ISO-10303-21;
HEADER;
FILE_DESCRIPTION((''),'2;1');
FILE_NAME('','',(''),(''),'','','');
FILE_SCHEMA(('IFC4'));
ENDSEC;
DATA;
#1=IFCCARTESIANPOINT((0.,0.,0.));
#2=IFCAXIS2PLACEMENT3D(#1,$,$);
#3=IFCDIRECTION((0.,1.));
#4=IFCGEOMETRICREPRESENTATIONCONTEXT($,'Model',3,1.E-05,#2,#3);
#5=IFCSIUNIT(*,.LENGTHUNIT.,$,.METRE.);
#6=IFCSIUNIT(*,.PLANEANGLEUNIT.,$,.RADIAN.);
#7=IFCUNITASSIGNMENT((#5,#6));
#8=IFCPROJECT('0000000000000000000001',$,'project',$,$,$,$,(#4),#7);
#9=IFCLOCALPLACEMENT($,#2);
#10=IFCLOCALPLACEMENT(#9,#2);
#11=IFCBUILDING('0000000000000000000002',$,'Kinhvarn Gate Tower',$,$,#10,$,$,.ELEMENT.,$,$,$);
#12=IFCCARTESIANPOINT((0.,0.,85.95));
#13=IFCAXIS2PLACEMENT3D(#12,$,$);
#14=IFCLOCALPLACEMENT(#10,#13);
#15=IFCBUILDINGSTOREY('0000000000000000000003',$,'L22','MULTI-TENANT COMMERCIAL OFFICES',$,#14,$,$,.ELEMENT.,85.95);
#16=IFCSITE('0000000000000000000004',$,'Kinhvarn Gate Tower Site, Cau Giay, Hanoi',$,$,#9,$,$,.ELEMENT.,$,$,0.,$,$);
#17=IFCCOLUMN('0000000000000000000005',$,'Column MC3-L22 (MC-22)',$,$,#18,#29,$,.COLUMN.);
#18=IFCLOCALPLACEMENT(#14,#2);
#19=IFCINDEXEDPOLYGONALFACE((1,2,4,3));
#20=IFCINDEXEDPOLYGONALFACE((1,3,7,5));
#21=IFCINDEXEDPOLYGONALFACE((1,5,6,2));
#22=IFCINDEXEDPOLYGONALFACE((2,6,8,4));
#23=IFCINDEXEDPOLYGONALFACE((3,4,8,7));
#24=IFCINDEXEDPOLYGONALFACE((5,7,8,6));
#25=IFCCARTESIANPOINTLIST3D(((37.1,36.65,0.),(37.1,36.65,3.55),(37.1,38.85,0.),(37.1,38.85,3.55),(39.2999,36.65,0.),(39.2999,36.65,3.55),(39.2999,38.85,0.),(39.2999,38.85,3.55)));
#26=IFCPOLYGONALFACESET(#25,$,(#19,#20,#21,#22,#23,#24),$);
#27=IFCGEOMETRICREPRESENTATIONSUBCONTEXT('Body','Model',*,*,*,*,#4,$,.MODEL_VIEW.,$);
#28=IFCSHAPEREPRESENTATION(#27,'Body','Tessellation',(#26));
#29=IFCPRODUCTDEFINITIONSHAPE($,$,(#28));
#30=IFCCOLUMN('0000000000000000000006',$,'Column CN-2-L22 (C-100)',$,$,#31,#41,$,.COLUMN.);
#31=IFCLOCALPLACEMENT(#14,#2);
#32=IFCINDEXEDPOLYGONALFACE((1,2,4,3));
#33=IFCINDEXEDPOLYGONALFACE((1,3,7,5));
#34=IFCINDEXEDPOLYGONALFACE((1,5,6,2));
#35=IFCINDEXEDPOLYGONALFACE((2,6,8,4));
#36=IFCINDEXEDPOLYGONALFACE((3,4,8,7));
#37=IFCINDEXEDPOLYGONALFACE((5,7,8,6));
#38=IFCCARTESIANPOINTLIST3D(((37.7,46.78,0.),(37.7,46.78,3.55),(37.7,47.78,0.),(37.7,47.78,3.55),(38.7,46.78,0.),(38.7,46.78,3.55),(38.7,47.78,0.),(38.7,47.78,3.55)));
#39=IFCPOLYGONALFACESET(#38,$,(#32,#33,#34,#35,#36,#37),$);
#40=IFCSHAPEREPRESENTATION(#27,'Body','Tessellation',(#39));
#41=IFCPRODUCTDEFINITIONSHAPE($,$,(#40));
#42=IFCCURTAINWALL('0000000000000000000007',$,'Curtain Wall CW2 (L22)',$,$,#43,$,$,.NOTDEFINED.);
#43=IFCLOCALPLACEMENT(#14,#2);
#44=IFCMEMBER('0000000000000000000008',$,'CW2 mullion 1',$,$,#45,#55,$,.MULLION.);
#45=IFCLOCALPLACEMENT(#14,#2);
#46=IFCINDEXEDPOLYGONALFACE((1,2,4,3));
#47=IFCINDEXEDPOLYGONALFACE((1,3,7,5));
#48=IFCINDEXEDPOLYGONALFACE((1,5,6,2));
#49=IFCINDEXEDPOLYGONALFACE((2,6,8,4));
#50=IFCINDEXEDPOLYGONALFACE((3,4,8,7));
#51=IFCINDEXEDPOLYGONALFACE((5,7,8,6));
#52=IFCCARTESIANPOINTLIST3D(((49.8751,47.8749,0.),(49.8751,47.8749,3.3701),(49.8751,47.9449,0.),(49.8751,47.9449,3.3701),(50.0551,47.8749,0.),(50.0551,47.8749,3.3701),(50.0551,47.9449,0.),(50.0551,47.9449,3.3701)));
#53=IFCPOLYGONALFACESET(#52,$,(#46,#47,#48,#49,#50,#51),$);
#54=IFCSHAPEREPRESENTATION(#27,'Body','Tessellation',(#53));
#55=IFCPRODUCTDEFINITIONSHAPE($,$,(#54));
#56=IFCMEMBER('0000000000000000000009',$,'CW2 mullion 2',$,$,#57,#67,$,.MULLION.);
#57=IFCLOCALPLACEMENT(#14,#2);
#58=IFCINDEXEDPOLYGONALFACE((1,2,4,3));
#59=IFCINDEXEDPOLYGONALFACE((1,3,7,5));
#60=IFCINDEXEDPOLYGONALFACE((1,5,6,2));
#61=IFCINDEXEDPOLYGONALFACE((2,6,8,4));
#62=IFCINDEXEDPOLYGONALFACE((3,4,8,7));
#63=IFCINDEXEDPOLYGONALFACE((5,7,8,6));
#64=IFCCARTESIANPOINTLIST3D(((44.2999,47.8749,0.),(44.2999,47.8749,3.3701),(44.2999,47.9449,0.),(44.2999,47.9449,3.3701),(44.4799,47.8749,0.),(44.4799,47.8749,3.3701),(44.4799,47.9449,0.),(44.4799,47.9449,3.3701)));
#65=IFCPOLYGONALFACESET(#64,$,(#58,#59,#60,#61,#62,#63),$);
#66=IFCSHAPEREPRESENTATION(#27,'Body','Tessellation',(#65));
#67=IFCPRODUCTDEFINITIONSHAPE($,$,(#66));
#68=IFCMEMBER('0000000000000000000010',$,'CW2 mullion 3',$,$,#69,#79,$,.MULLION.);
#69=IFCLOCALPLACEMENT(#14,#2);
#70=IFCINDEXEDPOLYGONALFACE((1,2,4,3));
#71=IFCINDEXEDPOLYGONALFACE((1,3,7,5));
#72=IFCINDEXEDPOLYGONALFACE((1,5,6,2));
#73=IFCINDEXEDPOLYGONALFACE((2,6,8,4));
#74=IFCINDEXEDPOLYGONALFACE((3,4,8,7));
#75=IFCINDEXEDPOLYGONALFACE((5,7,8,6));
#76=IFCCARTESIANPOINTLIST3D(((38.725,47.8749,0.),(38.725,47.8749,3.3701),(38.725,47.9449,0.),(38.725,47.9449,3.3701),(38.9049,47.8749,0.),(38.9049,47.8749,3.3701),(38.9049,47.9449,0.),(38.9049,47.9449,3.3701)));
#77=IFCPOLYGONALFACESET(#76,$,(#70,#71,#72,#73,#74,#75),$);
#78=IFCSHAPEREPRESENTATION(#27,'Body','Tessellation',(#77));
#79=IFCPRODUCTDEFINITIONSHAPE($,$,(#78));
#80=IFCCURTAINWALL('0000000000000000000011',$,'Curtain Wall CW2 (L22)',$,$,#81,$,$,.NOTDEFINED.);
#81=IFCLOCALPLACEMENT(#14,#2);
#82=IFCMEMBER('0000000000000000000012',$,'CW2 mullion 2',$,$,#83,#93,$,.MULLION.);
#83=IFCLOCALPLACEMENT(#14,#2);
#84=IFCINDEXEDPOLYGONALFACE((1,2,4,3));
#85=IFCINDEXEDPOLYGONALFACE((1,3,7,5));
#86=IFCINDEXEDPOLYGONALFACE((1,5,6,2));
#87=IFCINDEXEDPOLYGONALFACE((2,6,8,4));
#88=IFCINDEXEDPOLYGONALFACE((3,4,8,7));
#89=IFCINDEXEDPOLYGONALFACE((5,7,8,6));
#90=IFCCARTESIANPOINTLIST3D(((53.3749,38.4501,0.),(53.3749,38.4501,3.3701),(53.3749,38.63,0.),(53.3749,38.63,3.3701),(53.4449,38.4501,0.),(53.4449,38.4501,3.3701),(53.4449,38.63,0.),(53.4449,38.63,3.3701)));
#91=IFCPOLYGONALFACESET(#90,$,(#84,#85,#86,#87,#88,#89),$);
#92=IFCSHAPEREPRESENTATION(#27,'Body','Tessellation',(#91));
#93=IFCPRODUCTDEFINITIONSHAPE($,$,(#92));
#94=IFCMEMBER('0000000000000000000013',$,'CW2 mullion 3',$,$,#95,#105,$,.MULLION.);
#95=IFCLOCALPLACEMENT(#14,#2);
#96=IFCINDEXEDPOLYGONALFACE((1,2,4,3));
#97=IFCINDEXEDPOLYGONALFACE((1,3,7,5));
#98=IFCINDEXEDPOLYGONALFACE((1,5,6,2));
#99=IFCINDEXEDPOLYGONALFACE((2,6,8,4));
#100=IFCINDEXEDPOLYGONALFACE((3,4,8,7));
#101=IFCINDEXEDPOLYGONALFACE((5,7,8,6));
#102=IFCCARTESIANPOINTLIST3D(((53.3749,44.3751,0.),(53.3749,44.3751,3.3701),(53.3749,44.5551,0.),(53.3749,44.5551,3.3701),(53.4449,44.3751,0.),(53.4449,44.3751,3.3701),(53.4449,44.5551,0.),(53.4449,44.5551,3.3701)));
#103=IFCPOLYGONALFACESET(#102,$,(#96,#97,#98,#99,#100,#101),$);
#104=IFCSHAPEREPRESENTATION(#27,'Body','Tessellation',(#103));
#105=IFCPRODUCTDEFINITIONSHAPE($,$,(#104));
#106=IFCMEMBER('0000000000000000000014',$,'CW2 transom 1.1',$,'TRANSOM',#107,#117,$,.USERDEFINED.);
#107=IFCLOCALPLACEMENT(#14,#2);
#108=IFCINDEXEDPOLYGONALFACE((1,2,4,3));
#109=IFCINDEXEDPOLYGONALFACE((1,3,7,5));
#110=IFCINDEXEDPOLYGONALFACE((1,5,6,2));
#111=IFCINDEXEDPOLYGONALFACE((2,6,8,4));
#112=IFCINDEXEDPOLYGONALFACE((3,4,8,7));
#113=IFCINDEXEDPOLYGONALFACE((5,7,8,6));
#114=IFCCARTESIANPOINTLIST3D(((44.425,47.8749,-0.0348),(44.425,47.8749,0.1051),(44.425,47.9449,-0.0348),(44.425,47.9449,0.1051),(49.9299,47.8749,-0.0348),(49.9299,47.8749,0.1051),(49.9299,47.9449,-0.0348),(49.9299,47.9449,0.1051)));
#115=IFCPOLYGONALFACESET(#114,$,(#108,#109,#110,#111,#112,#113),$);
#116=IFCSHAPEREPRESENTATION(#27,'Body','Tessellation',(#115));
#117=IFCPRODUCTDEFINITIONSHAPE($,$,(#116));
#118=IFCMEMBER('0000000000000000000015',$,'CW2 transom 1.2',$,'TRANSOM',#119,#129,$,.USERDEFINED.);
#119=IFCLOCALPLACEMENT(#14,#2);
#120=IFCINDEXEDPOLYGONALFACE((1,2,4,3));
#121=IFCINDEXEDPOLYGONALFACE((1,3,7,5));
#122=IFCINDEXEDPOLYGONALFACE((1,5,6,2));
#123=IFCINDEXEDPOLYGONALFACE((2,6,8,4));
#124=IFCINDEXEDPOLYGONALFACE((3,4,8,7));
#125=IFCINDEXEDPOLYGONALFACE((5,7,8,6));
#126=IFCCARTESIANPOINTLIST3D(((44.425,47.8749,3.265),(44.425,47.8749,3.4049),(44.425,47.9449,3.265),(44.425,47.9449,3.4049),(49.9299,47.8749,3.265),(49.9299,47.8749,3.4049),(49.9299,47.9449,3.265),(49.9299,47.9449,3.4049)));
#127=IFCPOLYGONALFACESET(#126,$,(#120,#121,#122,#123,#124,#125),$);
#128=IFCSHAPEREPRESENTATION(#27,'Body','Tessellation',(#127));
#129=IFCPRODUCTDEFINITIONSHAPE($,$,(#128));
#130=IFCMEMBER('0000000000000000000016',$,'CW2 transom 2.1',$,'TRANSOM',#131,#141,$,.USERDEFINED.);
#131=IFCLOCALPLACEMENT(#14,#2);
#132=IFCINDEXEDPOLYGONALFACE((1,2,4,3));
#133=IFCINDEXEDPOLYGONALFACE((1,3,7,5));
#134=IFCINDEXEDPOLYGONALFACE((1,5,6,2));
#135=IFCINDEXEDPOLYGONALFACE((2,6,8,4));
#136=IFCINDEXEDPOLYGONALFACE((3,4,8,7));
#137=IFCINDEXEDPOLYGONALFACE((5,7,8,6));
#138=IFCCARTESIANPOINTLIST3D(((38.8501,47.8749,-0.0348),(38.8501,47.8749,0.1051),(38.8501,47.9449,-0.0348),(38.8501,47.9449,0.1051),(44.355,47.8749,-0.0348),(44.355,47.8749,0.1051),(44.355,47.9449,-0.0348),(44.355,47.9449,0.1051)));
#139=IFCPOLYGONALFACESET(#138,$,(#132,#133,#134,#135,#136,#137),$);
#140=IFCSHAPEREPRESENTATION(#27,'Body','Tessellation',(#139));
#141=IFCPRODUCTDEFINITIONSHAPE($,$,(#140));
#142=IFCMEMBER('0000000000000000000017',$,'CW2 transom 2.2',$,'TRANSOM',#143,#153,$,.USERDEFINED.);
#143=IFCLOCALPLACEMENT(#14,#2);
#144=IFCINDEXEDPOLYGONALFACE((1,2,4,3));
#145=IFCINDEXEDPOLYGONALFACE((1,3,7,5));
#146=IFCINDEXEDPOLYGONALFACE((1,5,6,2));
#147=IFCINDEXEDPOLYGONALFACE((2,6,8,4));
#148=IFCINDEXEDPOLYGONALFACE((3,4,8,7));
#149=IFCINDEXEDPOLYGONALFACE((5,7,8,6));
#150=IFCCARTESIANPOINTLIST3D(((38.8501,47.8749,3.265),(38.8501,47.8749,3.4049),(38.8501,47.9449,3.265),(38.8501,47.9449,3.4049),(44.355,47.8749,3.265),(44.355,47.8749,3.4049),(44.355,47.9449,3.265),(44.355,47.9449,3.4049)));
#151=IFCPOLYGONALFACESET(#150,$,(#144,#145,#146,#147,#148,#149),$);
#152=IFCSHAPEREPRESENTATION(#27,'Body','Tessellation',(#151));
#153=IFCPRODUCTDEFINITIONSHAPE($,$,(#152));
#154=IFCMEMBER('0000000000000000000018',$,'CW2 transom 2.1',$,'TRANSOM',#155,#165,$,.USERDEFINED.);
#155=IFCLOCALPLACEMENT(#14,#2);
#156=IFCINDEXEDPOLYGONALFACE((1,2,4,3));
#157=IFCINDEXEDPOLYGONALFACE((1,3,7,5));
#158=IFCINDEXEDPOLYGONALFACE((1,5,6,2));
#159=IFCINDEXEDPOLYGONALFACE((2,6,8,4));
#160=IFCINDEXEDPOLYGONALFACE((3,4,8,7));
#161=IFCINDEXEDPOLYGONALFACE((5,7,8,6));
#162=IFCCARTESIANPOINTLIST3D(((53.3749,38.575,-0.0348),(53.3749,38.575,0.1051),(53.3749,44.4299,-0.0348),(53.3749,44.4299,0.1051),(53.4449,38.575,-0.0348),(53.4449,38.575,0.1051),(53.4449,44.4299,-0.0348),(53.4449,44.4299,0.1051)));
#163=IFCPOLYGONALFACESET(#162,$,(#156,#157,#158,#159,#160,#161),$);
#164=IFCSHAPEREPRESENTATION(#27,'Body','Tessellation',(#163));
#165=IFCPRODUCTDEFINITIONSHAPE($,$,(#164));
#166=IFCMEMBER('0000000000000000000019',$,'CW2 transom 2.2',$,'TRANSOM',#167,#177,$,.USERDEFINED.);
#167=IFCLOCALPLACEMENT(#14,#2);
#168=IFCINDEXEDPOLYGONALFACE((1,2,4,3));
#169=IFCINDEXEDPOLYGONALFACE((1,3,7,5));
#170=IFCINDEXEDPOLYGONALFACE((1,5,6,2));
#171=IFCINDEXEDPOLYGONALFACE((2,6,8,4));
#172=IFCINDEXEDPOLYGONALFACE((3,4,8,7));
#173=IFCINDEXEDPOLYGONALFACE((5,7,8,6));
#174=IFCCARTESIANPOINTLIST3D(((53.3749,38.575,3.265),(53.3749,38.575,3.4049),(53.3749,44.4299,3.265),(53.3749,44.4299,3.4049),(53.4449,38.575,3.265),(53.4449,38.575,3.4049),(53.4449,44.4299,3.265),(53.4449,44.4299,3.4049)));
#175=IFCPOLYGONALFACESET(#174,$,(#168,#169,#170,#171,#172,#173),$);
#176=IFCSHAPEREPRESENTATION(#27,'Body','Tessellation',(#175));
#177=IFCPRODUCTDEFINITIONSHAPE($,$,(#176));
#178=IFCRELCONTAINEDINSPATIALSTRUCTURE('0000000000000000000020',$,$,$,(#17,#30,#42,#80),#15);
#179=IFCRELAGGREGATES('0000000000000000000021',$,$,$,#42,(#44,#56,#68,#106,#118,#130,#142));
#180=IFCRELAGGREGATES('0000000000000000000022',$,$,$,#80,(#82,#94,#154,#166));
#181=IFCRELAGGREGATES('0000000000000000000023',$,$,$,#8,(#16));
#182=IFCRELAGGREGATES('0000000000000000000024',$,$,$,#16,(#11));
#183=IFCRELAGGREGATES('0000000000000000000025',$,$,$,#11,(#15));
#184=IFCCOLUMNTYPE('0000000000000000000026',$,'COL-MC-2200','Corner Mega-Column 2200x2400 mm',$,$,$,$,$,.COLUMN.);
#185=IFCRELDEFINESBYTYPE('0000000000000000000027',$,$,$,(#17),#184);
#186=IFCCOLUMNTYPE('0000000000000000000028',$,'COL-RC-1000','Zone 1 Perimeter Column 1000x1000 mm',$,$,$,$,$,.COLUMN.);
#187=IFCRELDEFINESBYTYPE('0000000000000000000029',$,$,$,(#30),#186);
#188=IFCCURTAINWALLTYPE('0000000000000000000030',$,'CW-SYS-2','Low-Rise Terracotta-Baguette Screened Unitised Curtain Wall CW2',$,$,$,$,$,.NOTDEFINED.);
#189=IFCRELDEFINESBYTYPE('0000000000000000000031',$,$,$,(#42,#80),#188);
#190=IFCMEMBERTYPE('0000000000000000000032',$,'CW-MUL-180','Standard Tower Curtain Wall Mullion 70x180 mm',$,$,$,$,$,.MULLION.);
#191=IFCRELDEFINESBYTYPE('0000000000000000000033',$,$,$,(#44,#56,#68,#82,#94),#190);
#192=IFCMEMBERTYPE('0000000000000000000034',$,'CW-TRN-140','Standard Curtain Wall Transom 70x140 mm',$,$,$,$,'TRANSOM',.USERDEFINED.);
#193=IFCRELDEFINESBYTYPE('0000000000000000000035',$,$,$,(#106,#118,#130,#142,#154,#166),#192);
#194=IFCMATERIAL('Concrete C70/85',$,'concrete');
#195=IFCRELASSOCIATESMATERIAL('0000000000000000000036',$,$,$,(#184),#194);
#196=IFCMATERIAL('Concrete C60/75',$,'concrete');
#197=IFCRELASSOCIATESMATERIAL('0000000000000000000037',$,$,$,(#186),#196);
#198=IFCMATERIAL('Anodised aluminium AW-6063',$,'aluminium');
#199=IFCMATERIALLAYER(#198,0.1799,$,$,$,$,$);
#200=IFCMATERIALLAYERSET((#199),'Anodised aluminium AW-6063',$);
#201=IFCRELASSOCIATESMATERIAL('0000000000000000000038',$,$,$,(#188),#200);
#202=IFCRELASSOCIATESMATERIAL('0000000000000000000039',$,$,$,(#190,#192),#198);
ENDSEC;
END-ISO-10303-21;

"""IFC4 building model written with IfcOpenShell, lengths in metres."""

from ifc_helpers import new_model, si_unit, direction, frame, origin, origin_2d, place, context, subcontext, project, spatial, rectangle, extrude, material, layer, layer_set, material_profile, profile_set, type_object, element, aggregate, save


model = new_model("IFC4")

# Units and contexts
model_context = context("Model", 3, precision=1e-05, world=origin(), true_north=direction((0.0, 1.0)))
body_context = subcontext(model_context, "Body", "Model", "MODEL_VIEW")
ifc_project = project(units=[si_unit("LENGTHUNIT", "METRE"), si_unit("PLANEANGLEUNIT", "RADIAN")], contexts=[model_context])

# Site, building, storey
site_placement = place(None, origin())
site = spatial("IfcSite", under=ifc_project, at=site_placement, Name="Kinhvarn Gate Tower Site, Cau Giay, Hanoi", CompositionType="ELEMENT", RefElevation=0.0)
building_placement = place(site_placement, origin())
building = spatial("IfcBuilding", under=site, at=building_placement, Name="Kinhvarn Gate Tower", CompositionType="ELEMENT")
storey_placement = place(building_placement, frame((0.0, 0.0, 85.95)))
storey = spatial("IfcBuildingStorey", under=building, at=storey_placement, Name="L22", Description="MULTI-TENANT COMMERCIAL OFFICES", CompositionType="ELEMENT", Elevation=85.95)

# Columns
ifc_material_1 = material(Name="Concrete C70/85", Category="concrete")
ifc_material_profile_1 = material_profile(ifc_material_1, rectangle(XDim=2.2, YDim=2.2, at=origin_2d()), Name="RC 2200x2200")
ifc_profile_set_1 = profile_set([ifc_material_profile_1], Name="Concrete C70/85")
column_type_1 = type_object("IfcColumnType", Name="COL-MC-2200", Description="Corner Mega-Column 2200x2400 mm", PredefinedType="COLUMN", material=ifc_profile_set_1)
column_1_placement = place(storey_placement, frame((38.2, 37.75, 0.0), z_axis=(0.0, 0.0, 1.0), x_axis=(1.0, 0.0, 0.0)))
element("IfcColumn", 1, at=column_1_placement, inside=storey, type_object=column_type_1, Name="Column MC3-L22 (MC-22)", PredefinedType="COLUMN", context=body_context, shape_type="SweptSolid", body=[
    extrude(rectangle(XDim=2.2, YDim=2.2, at=origin_2d()), origin(), (0.0, 0.0, 1.0), 3.55),
])
ifc_material_2 = material(Name="Concrete C60/75", Category="concrete")
ifc_material_profile_2 = material_profile(ifc_material_2, rectangle(XDim=1.0, YDim=1.0, at=origin_2d()), Name="RC 1000x1000")
ifc_profile_set_2 = profile_set([ifc_material_profile_2], Name="Concrete C60/75")
column_type_2 = type_object("IfcColumnType", Name="COL-RC-1000", Description="Zone 1 Perimeter Column 1000x1000 mm", PredefinedType="COLUMN", material=ifc_profile_set_2)
column_2_placement = place(storey_placement, frame((38.2, 47.28, 0.0), z_axis=(0.0, 0.0, 1.0), x_axis=(1.0, 0.0, 0.0)))
element("IfcColumn", 2, at=column_2_placement, inside=storey, type_object=column_type_2, Name="Column CN-2-L22 (C-100)", PredefinedType="COLUMN", context=body_context, shape_type="SweptSolid", body=[
    extrude(rectangle(XDim=1.0, YDim=1.0, at=origin_2d()), origin(), (0.0, 0.0, 1.0), 3.55),
])

# Curtain walls, members
ifc_material_3 = material(Name="Anodised aluminium AW-6063", Category="aluminium")
ifc_layer_1 = layer(ifc_material_3, 0.1799)
ifc_layer_set_1 = layer_set([ifc_layer_1], Name="Anodised aluminium AW-6063")
curtain_wall_type = type_object("IfcCurtainWallType", Name="CW-SYS-2", Description="Low-Rise Terracotta-Baguette Screened Unitised Curtain Wall CW2", PredefinedType="NOTDEFINED", material=ifc_layer_set_1)
curtain_wall_1_placement = place(storey_placement, origin())
curtain_wall_1 = element("IfcCurtainWall", 3, at=curtain_wall_1_placement, inside=storey, type_object=curtain_wall_type, Name="Curtain Wall CW2 (L22)", PredefinedType="NOTDEFINED")
ifc_material_profile_3 = material_profile(ifc_material_3, rectangle(XDim=0.0701, YDim=0.1799, at=origin_2d()), Name="ALU 70x180")
ifc_profile_set_3 = profile_set([ifc_material_profile_3], Name="Anodised aluminium AW-6063")
member_type_1 = type_object("IfcMemberType", Name="CW-MUL-180", Description="Standard Tower Curtain Wall Mullion 70x180 mm", PredefinedType="MULLION", material=ifc_profile_set_3)
member_1_placement = place(storey_placement, frame((49.9651, 47.9099, 0.0), z_axis=(0.0, 0.0, 1.0), x_axis=(0.0, -1.0, 0.0)))
member_1 = element("IfcMember", 4, at=member_1_placement, type_object=member_type_1, Name="CW2 mullion 1", PredefinedType="MULLION", context=body_context, shape_type="SweptSolid", body=[
    extrude(rectangle(XDim=0.0701, YDim=0.1799, at=origin_2d()), origin(), (0.0, 0.0, 1.0), 3.3701),
])
member_2_placement = place(storey_placement, frame((44.3899, 47.9099, 0.0), z_axis=(0.0, 0.0, 1.0), x_axis=(0.0, -1.0, 0.0)))
member_2 = element("IfcMember", 5, at=member_2_placement, type_object=member_type_1, Name="CW2 mullion 2", PredefinedType="MULLION", context=body_context, shape_type="SweptSolid", body=[
    extrude(rectangle(XDim=0.0701, YDim=0.1799, at=origin_2d()), origin(), (0.0, 0.0, 1.0), 3.3701),
])
member_3_placement = place(storey_placement, frame((38.8149, 47.9099, 0.0), z_axis=(0.0, 0.0, 1.0), x_axis=(0.0, -1.0, 0.0)))
member_3 = element("IfcMember", 6, at=member_3_placement, type_object=member_type_1, Name="CW2 mullion 3", PredefinedType="MULLION", context=body_context, shape_type="SweptSolid", body=[
    extrude(rectangle(XDim=0.0701, YDim=0.1799, at=origin_2d()), origin(), (0.0, 0.0, 1.0), 3.3701),
])
curtain_wall_2_placement = place(storey_placement, origin())
curtain_wall_2 = element("IfcCurtainWall", 7, at=curtain_wall_2_placement, inside=storey, type_object=curtain_wall_type, Name="Curtain Wall CW2 (L22)", PredefinedType="NOTDEFINED")
member_4_placement = place(storey_placement, frame((53.4099, 38.54, 0.0), z_axis=(0.0, 0.0, 1.0), x_axis=(-1.0, 0.0, 0.0)))
member_4 = element("IfcMember", 8, at=member_4_placement, type_object=member_type_1, Name="CW2 mullion 2", PredefinedType="MULLION", context=body_context, shape_type="SweptSolid", body=[
    extrude(rectangle(XDim=0.0701, YDim=0.1799, at=origin_2d()), origin(), (0.0, 0.0, 1.0), 3.3701),
])
member_5_placement = place(storey_placement, frame((53.4099, 44.4651, 0.0), z_axis=(0.0, 0.0, 1.0), x_axis=(-1.0, 0.0, 0.0)))
member_5 = element("IfcMember", 9, at=member_5_placement, type_object=member_type_1, Name="CW2 mullion 3", PredefinedType="MULLION", context=body_context, shape_type="SweptSolid", body=[
    extrude(rectangle(XDim=0.0701, YDim=0.1799, at=origin_2d()), origin(), (0.0, 0.0, 1.0), 3.3701),
])

# Members
ifc_material_profile_4 = material_profile(ifc_material_3, rectangle(XDim=0.0701, YDim=0.1399, at=origin_2d()), Name="ALU 70x140")
ifc_profile_set_4 = profile_set([ifc_material_profile_4], Name="Anodised aluminium AW-6063")
member_type_2 = type_object("IfcMemberType", Name="CW-TRN-140", Description="Standard Curtain Wall Transom 70x140 mm", ElementType="TRANSOM", PredefinedType="USERDEFINED", material=ifc_profile_set_4)
member_6_placement = place(storey_placement, frame((49.9299, 47.9099, 0.0352), z_axis=(-1.0, 0.0, 0.0), x_axis=(0.0, -1.0, 0.0)))
member_6 = element("IfcMember", 10, at=member_6_placement, type_object=member_type_2, Name="CW2 transom 1.1", ObjectType="TRANSOM", PredefinedType="USERDEFINED", context=body_context, shape_type="SweptSolid", body=[
    extrude(rectangle(XDim=0.0701, YDim=0.1399, at=origin_2d()), origin(), (0.0, 0.0, 1.0), 5.5049),
])
member_7_placement = place(storey_placement, frame((49.9299, 47.9099, 3.335), z_axis=(-1.0, 0.0, 0.0), x_axis=(0.0, -1.0, 0.0)))
member_7 = element("IfcMember", 11, at=member_7_placement, type_object=member_type_2, Name="CW2 transom 1.2", ObjectType="TRANSOM", PredefinedType="USERDEFINED", context=body_context, shape_type="SweptSolid", body=[
    extrude(rectangle(XDim=0.0701, YDim=0.1399, at=origin_2d()), origin(), (0.0, 0.0, 1.0), 5.5049),
])
member_8_placement = place(storey_placement, frame((44.355, 47.9099, 0.0352), z_axis=(-1.0, 0.0, 0.0), x_axis=(0.0, -1.0, 0.0)))
member_8 = element("IfcMember", 12, at=member_8_placement, type_object=member_type_2, Name="CW2 transom 2.1", ObjectType="TRANSOM", PredefinedType="USERDEFINED", context=body_context, shape_type="SweptSolid", body=[
    extrude(rectangle(XDim=0.0701, YDim=0.1399, at=origin_2d()), origin(), (0.0, 0.0, 1.0), 5.5049),
])
member_9_placement = place(storey_placement, frame((44.355, 47.9099, 3.335), z_axis=(-1.0, 0.0, 0.0), x_axis=(0.0, -1.0, 0.0)))
member_9 = element("IfcMember", 13, at=member_9_placement, type_object=member_type_2, Name="CW2 transom 2.2", ObjectType="TRANSOM", PredefinedType="USERDEFINED", context=body_context, shape_type="SweptSolid", body=[
    extrude(rectangle(XDim=0.0701, YDim=0.1399, at=origin_2d()), origin(), (0.0, 0.0, 1.0), 5.5049),
])
member_10_placement = place(storey_placement, frame((53.4099, 38.575, 0.0352), z_axis=(0.0, 1.0, 0.0), x_axis=(-1.0, 0.0, 0.0)))
member_10 = element("IfcMember", 14, at=member_10_placement, type_object=member_type_2, Name="CW2 transom 2.1", ObjectType="TRANSOM", PredefinedType="USERDEFINED", context=body_context, shape_type="SweptSolid", body=[
    extrude(rectangle(XDim=0.0701, YDim=0.1399, at=origin_2d()), origin(), (0.0, 0.0, 1.0), 5.855),
])
member_11_placement = place(storey_placement, frame((53.4099, 38.575, 3.335), z_axis=(0.0, 1.0, 0.0), x_axis=(-1.0, 0.0, 0.0)))
member_11 = element("IfcMember", 15, at=member_11_placement, type_object=member_type_2, Name="CW2 transom 2.2", ObjectType="TRANSOM", PredefinedType="USERDEFINED", context=body_context, shape_type="SweptSolid", body=[
    extrude(rectangle(XDim=0.0701, YDim=0.1399, at=origin_2d()), origin(), (0.0, 0.0, 1.0), 5.855),
])

aggregate(curtain_wall_1, [member_1, member_2, member_3, member_6, member_7, member_8, member_9])
aggregate(curtain_wall_2, [member_4, member_5, member_10, member_11])

save(model, "model.ifc")
